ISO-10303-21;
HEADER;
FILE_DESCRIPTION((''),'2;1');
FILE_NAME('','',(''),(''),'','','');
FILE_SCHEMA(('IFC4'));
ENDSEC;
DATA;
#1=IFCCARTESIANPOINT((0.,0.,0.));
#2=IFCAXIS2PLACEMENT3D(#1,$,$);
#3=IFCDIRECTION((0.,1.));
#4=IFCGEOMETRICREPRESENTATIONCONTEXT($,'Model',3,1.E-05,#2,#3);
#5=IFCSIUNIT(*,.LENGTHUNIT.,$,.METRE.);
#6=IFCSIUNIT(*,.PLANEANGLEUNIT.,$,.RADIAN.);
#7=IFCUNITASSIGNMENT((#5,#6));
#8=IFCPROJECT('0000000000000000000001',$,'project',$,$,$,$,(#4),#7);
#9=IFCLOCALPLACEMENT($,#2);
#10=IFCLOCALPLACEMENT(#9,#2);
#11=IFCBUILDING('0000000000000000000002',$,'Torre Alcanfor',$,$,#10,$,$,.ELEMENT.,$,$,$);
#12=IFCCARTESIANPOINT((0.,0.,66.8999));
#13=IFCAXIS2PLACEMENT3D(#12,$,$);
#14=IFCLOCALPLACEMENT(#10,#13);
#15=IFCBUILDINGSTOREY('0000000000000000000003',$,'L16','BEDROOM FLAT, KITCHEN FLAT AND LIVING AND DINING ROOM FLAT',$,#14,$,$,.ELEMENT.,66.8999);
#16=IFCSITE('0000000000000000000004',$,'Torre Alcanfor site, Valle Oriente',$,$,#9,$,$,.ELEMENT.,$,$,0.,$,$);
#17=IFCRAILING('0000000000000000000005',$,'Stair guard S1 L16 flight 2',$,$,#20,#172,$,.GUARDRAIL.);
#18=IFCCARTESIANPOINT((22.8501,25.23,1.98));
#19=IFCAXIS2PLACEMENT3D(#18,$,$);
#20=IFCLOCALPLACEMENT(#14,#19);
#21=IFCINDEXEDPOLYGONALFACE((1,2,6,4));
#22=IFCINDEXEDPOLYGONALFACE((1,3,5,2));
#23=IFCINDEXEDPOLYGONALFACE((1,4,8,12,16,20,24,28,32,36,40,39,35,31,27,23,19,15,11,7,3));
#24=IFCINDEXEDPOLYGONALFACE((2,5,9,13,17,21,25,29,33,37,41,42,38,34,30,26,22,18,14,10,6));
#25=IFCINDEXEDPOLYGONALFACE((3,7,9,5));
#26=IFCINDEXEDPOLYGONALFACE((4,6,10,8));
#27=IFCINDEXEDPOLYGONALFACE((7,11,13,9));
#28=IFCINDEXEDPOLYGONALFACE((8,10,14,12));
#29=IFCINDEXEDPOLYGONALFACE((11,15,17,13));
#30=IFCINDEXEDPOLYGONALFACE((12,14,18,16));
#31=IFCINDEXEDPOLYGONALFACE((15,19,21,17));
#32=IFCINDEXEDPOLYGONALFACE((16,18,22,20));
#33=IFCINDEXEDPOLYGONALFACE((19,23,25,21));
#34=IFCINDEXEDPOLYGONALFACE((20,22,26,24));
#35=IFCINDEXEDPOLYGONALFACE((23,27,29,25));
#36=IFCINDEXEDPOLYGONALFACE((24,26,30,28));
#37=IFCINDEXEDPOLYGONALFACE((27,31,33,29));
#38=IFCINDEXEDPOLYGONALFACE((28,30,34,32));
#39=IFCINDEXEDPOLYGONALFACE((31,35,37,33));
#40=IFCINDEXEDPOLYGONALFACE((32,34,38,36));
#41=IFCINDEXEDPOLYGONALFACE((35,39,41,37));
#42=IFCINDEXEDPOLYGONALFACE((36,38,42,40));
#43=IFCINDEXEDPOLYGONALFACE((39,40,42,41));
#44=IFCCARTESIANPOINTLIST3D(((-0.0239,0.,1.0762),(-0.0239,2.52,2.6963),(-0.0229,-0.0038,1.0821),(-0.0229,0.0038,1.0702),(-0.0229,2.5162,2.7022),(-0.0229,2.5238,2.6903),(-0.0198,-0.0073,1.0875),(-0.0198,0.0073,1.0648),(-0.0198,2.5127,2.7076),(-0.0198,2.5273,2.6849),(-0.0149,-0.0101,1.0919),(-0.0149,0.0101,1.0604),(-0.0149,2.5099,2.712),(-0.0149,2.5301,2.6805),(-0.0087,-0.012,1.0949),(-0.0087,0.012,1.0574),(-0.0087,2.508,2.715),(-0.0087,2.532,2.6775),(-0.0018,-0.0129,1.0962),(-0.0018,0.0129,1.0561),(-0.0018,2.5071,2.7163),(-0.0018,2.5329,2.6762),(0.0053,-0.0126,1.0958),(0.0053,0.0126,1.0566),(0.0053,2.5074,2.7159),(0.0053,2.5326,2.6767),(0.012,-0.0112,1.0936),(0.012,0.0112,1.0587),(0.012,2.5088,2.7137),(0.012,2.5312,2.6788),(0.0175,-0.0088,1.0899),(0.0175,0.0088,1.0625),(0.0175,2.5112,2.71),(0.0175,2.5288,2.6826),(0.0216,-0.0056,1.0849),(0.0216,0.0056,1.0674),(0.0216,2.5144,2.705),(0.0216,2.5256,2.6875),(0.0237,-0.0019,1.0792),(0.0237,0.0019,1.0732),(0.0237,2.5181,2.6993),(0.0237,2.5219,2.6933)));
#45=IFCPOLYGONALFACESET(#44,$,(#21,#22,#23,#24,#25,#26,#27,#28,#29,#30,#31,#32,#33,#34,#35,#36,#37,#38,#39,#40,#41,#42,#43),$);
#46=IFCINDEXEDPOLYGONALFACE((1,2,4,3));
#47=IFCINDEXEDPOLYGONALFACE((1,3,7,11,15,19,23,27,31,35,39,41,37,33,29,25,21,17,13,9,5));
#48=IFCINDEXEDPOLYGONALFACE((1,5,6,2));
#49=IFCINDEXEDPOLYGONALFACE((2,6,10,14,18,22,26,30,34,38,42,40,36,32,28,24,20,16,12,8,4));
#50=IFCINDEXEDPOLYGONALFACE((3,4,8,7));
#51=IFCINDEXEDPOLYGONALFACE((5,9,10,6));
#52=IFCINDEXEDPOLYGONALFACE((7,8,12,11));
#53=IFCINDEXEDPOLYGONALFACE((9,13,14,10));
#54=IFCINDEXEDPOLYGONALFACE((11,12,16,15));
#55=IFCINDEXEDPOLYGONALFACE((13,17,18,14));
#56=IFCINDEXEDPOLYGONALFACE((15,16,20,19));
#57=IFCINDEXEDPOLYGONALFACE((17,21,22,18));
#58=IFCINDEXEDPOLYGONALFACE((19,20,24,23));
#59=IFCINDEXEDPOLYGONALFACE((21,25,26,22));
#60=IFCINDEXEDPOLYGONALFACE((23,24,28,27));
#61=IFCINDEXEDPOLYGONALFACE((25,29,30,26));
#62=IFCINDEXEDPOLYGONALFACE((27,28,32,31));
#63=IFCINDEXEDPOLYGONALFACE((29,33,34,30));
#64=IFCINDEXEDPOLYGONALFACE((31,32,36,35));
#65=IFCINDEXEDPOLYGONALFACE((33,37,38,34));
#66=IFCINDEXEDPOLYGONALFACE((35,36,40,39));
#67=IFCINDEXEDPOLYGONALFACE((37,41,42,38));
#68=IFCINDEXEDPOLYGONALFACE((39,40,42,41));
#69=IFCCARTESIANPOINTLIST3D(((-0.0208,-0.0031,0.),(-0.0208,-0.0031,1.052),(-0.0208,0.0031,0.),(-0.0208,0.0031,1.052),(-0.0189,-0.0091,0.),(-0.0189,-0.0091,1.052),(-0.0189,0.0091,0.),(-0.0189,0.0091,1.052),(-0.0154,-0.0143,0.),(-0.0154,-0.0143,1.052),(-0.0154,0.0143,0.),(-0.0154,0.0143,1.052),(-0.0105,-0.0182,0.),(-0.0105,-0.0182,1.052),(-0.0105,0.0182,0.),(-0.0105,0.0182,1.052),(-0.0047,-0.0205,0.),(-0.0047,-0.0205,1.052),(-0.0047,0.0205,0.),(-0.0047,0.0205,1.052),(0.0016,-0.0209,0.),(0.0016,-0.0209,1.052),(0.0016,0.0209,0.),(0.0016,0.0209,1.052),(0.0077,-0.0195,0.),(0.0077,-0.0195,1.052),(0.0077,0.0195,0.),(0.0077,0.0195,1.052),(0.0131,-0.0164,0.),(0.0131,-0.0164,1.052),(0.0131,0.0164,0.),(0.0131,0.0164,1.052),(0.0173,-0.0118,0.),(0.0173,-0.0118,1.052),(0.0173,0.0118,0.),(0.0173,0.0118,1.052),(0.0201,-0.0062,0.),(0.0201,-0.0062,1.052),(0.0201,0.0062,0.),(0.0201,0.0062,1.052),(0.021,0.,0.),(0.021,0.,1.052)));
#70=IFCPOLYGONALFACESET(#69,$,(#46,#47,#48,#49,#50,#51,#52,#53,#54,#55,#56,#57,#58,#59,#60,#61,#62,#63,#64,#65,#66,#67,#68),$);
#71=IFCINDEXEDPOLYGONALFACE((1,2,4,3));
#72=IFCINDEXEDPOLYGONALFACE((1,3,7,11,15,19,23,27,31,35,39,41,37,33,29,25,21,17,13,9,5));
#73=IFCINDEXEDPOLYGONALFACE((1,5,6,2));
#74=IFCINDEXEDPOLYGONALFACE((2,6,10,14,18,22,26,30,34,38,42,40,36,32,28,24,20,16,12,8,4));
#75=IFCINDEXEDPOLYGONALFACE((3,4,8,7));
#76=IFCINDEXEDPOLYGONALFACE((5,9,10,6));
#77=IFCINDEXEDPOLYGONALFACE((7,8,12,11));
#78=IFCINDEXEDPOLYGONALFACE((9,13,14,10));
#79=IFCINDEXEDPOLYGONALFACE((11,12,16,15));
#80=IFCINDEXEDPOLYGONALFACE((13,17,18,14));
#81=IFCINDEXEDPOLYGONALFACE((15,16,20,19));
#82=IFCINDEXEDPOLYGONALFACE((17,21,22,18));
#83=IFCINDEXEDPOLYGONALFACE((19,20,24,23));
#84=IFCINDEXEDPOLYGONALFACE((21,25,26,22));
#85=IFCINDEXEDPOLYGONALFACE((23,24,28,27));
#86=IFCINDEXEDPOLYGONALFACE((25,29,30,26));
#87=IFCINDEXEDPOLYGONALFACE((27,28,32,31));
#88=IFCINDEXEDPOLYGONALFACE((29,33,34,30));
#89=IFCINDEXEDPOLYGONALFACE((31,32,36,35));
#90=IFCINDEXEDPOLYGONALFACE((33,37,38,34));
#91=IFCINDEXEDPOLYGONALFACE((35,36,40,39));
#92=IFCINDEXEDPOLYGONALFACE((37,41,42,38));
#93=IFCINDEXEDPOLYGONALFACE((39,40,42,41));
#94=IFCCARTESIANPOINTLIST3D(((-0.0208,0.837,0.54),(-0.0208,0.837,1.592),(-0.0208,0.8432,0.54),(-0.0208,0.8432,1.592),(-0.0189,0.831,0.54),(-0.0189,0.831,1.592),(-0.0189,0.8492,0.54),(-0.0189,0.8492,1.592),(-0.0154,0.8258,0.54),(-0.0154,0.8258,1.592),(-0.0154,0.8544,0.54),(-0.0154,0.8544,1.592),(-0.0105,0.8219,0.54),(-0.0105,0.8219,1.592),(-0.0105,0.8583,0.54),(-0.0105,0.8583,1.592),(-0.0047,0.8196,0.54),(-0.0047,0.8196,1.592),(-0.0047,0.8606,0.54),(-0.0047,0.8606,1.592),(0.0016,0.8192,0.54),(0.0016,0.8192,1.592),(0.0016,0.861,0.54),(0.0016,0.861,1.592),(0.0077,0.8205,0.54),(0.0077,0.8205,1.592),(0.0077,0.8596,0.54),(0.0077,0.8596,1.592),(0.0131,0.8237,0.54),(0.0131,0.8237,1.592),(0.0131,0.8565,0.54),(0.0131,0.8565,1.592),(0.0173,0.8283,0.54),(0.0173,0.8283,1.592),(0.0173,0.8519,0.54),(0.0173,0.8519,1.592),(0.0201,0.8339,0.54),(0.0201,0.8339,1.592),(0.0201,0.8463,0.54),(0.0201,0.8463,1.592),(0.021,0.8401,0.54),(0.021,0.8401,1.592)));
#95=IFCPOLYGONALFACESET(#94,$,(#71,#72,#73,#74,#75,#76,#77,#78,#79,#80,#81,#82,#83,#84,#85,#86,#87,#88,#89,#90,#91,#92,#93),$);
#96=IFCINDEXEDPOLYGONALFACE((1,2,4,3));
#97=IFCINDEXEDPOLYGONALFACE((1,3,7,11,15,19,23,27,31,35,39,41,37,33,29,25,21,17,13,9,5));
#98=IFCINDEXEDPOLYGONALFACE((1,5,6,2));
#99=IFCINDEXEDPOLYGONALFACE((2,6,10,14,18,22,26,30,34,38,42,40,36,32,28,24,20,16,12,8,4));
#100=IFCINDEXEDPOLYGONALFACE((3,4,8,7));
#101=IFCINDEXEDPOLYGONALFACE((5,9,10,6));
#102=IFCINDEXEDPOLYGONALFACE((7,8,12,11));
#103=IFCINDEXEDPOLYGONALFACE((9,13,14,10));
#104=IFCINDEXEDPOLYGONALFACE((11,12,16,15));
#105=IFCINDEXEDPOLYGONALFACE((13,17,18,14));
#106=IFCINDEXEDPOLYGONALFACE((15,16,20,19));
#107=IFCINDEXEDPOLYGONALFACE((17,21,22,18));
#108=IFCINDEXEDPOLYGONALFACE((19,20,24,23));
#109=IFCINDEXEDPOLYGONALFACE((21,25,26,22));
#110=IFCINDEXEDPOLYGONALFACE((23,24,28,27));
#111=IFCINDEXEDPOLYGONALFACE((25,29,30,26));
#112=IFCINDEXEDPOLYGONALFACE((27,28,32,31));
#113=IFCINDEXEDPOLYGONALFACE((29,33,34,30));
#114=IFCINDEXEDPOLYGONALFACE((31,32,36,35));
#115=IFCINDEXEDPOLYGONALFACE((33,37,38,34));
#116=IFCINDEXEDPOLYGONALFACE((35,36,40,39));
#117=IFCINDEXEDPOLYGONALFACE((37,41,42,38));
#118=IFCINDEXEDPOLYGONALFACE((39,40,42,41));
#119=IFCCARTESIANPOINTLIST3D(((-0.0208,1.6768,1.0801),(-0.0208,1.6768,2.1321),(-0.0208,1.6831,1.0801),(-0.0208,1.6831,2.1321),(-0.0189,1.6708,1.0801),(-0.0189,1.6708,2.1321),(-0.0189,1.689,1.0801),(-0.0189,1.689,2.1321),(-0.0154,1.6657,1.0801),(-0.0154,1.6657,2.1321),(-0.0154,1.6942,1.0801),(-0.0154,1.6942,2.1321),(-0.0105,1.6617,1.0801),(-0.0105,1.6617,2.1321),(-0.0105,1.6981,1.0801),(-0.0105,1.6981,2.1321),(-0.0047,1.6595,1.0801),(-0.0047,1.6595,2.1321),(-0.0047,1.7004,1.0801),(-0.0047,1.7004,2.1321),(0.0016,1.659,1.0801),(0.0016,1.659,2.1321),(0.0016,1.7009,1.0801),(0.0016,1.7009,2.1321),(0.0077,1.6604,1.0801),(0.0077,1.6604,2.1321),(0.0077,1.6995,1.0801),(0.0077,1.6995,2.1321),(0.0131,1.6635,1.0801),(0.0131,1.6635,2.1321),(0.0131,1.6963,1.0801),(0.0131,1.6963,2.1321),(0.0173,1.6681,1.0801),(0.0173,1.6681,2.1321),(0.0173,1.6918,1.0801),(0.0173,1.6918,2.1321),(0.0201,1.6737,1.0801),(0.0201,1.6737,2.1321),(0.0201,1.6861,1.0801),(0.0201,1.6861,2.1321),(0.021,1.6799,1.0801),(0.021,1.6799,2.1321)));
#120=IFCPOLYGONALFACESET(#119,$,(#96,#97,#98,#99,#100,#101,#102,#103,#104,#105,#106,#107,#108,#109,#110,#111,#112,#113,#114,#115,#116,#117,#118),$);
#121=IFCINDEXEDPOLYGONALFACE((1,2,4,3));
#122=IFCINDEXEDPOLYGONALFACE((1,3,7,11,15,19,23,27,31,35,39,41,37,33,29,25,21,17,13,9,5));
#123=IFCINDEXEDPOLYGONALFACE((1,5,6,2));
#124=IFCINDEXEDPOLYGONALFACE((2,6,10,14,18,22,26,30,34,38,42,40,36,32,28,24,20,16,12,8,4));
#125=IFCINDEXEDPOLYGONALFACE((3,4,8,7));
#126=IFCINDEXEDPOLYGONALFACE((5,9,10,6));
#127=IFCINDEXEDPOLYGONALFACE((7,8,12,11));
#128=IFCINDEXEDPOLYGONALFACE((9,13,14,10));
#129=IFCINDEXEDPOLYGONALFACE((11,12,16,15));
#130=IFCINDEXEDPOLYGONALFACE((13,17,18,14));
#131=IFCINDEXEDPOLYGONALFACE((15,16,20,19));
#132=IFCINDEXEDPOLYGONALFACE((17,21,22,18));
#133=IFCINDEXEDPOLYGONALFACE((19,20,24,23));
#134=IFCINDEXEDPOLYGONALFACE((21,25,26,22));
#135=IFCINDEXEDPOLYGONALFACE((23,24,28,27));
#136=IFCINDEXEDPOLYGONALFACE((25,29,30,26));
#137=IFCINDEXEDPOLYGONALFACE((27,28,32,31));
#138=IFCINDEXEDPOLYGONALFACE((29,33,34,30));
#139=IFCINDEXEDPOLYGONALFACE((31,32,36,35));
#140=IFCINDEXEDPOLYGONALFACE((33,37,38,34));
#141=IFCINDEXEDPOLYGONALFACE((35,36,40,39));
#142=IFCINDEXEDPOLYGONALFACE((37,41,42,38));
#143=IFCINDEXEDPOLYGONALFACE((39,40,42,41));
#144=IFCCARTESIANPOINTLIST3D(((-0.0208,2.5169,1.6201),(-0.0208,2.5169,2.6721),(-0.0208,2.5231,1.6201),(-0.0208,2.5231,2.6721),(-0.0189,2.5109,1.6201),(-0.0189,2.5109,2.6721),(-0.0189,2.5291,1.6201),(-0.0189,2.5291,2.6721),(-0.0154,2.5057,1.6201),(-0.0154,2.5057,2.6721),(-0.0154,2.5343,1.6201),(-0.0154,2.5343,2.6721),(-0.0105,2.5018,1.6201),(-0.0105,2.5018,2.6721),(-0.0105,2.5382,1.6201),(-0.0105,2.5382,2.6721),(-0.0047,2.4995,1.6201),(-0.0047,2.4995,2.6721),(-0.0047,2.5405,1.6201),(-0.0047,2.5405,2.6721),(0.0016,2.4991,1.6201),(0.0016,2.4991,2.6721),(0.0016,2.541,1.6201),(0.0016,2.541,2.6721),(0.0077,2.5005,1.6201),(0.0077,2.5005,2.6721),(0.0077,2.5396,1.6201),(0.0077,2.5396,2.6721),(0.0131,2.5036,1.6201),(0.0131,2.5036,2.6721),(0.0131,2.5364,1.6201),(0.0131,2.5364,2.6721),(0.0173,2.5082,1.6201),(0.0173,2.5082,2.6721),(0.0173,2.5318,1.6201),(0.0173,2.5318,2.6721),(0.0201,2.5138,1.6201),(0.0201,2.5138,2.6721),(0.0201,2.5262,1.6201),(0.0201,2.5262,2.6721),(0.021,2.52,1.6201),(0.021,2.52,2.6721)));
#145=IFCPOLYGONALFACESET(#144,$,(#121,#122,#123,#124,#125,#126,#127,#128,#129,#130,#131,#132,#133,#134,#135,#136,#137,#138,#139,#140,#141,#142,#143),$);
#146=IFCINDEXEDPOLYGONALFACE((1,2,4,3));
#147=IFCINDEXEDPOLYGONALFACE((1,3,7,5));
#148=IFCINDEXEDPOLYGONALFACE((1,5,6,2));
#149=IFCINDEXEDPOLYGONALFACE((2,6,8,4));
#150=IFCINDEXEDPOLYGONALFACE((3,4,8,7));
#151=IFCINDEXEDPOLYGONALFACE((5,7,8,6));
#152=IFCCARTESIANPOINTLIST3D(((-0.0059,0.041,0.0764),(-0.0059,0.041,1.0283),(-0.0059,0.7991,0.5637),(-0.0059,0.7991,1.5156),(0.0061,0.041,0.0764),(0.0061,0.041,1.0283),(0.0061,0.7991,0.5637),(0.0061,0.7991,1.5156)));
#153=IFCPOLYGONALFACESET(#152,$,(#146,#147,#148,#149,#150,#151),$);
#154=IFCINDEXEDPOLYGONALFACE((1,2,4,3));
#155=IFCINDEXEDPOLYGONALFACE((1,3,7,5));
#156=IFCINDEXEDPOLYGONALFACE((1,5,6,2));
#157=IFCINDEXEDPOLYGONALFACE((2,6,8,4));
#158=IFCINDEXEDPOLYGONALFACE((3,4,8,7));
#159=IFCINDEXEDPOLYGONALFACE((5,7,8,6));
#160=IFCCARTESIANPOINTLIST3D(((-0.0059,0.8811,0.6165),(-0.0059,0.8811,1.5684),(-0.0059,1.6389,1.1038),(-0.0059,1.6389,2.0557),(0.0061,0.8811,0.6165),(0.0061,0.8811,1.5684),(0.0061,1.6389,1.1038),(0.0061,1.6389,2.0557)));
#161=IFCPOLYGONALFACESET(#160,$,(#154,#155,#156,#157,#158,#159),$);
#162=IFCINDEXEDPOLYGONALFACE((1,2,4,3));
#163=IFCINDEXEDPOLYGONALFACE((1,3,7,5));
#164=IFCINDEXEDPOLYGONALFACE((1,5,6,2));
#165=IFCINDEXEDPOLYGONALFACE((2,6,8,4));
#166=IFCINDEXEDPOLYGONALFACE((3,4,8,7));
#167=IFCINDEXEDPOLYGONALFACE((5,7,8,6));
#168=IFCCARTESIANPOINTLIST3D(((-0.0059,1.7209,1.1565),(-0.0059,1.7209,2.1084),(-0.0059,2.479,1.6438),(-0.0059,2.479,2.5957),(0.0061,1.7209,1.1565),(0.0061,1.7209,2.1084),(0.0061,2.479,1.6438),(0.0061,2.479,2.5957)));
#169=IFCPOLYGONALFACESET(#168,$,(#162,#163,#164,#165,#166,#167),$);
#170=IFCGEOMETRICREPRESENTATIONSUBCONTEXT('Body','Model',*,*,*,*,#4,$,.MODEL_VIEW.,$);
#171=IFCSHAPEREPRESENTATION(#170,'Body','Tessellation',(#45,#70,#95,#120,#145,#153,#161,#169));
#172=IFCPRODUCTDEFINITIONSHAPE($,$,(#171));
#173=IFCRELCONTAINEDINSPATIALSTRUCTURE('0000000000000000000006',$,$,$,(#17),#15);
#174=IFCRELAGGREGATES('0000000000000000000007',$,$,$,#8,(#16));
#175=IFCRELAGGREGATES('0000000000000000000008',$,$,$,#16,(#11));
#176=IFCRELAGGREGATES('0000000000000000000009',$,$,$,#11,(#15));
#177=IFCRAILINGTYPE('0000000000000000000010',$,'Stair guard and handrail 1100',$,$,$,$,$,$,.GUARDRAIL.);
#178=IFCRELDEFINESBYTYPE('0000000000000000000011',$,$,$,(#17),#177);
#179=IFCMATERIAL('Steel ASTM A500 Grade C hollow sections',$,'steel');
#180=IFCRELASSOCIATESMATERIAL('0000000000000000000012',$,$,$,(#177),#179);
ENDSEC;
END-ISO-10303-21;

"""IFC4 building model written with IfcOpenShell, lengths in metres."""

from ifc_helpers import new_model, si_unit, direction, frame, origin, origin_2d, place, context, subcontext, project, spatial, polyline, circle, outline, extrude, material, type_object, element, save


model = new_model("IFC4")

# Units and contexts
model_context = context("Model", 3, precision=1e-05, world=origin(), true_north=direction((0.0, 1.0)))
body_context = subcontext(model_context, "Body", "Model", "MODEL_VIEW")
ifc_project = project(units=[si_unit("LENGTHUNIT", "METRE"), si_unit("PLANEANGLEUNIT", "RADIAN")], contexts=[model_context])

# Site, building, storey
site_placement = place(None, origin())
site = spatial("IfcSite", under=ifc_project, at=site_placement, Name="Torre Alcanfor site, Valle Oriente", CompositionType="ELEMENT", RefElevation=0.0)
building_placement = place(site_placement, origin())
building = spatial("IfcBuilding", under=site, at=building_placement, Name="Torre Alcanfor", CompositionType="ELEMENT")
storey_placement = place(building_placement, frame((0.0, 0.0, 66.8999)))
storey = spatial("IfcBuildingStorey", under=building, at=storey_placement, Name="L16", Description="BEDROOM FLAT, KITCHEN FLAT AND LIVING AND DINING ROOM FLAT", CompositionType="ELEMENT", Elevation=66.8999)

# Railing
ifc_material_1 = material(Name="Steel ASTM A500 Grade C hollow sections", Category="steel")
railing_type_1 = type_object("IfcRailingType", Name="Stair guard and handrail 1100", PredefinedType="GUARDRAIL", material=ifc_material_1)
railing_1_placement = place(storey_placement, frame((22.8501, 25.23, 1.98)))
element("IfcRailing", 1, at=railing_1_placement, inside=storey, type_object=railing_type_1, Name="Stair guard S1 L16 flight 2", PredefinedType="GUARDRAIL", context=body_context, shape_type="SweptSolid", body=[
    extrude(circle(Radius=0.0239, at=origin_2d()), frame((0.0, 0.0, 1.0762), z_axis=(0.0, 0.841163, 0.540782), x_axis=(-1.0, 0.0, 0.0)), (0.0, 0.0, 1.0), 2.9958),
    extrude(circle(Radius=0.021, at=origin_2d()), origin(), (0.0, 0.0, 1.0), 1.052),
    extrude(circle(Radius=0.021, at=origin_2d()), frame((0.0, 0.8401, 0.54)), (0.0, 0.0, 1.0), 1.052),
    extrude(circle(Radius=0.021, at=origin_2d()), frame((0.0, 1.6799, 1.0801)), (0.0, 0.0, 1.0), 1.052),
    extrude(circle(Radius=0.021, at=origin_2d()), frame((0.0, 2.52, 1.6201)), (0.0, 0.0, 1.0), 1.052),
    extrude(outline(polyline([(0.041, 0.0764), (0.7991, 0.5637), (0.7991, 1.5156), (0.041, 1.0283), (0.041, 0.0764)])), frame((-0.0059, 0.0, 0.0), z_axis=(1.0, 0.0, 0.0), x_axis=(0.0, 1.0, 0.0)), (0.0, 0.0, 1.0), 0.012),
    extrude(outline(polyline([(0.8811, 0.6165), (1.6389, 1.1038), (1.6389, 2.0557), (0.8811, 1.5684), (0.8811, 0.6165)])), frame((-0.0059, 0.0, 0.0), z_axis=(1.0, 0.0, 0.0), x_axis=(0.0, 1.0, 0.0)), (0.0, 0.0, 1.0), 0.012),
    extrude(outline(polyline([(1.7209, 1.1565), (2.479, 1.6438), (2.479, 2.5957), (1.7209, 2.1084), (1.7209, 1.1565)])), frame((-0.0059, 0.0, 0.0), z_axis=(1.0, 0.0, 0.0), x_axis=(0.0, 1.0, 0.0)), (0.0, 0.0, 1.0), 0.012),
])

save(model, "model.ifc")
